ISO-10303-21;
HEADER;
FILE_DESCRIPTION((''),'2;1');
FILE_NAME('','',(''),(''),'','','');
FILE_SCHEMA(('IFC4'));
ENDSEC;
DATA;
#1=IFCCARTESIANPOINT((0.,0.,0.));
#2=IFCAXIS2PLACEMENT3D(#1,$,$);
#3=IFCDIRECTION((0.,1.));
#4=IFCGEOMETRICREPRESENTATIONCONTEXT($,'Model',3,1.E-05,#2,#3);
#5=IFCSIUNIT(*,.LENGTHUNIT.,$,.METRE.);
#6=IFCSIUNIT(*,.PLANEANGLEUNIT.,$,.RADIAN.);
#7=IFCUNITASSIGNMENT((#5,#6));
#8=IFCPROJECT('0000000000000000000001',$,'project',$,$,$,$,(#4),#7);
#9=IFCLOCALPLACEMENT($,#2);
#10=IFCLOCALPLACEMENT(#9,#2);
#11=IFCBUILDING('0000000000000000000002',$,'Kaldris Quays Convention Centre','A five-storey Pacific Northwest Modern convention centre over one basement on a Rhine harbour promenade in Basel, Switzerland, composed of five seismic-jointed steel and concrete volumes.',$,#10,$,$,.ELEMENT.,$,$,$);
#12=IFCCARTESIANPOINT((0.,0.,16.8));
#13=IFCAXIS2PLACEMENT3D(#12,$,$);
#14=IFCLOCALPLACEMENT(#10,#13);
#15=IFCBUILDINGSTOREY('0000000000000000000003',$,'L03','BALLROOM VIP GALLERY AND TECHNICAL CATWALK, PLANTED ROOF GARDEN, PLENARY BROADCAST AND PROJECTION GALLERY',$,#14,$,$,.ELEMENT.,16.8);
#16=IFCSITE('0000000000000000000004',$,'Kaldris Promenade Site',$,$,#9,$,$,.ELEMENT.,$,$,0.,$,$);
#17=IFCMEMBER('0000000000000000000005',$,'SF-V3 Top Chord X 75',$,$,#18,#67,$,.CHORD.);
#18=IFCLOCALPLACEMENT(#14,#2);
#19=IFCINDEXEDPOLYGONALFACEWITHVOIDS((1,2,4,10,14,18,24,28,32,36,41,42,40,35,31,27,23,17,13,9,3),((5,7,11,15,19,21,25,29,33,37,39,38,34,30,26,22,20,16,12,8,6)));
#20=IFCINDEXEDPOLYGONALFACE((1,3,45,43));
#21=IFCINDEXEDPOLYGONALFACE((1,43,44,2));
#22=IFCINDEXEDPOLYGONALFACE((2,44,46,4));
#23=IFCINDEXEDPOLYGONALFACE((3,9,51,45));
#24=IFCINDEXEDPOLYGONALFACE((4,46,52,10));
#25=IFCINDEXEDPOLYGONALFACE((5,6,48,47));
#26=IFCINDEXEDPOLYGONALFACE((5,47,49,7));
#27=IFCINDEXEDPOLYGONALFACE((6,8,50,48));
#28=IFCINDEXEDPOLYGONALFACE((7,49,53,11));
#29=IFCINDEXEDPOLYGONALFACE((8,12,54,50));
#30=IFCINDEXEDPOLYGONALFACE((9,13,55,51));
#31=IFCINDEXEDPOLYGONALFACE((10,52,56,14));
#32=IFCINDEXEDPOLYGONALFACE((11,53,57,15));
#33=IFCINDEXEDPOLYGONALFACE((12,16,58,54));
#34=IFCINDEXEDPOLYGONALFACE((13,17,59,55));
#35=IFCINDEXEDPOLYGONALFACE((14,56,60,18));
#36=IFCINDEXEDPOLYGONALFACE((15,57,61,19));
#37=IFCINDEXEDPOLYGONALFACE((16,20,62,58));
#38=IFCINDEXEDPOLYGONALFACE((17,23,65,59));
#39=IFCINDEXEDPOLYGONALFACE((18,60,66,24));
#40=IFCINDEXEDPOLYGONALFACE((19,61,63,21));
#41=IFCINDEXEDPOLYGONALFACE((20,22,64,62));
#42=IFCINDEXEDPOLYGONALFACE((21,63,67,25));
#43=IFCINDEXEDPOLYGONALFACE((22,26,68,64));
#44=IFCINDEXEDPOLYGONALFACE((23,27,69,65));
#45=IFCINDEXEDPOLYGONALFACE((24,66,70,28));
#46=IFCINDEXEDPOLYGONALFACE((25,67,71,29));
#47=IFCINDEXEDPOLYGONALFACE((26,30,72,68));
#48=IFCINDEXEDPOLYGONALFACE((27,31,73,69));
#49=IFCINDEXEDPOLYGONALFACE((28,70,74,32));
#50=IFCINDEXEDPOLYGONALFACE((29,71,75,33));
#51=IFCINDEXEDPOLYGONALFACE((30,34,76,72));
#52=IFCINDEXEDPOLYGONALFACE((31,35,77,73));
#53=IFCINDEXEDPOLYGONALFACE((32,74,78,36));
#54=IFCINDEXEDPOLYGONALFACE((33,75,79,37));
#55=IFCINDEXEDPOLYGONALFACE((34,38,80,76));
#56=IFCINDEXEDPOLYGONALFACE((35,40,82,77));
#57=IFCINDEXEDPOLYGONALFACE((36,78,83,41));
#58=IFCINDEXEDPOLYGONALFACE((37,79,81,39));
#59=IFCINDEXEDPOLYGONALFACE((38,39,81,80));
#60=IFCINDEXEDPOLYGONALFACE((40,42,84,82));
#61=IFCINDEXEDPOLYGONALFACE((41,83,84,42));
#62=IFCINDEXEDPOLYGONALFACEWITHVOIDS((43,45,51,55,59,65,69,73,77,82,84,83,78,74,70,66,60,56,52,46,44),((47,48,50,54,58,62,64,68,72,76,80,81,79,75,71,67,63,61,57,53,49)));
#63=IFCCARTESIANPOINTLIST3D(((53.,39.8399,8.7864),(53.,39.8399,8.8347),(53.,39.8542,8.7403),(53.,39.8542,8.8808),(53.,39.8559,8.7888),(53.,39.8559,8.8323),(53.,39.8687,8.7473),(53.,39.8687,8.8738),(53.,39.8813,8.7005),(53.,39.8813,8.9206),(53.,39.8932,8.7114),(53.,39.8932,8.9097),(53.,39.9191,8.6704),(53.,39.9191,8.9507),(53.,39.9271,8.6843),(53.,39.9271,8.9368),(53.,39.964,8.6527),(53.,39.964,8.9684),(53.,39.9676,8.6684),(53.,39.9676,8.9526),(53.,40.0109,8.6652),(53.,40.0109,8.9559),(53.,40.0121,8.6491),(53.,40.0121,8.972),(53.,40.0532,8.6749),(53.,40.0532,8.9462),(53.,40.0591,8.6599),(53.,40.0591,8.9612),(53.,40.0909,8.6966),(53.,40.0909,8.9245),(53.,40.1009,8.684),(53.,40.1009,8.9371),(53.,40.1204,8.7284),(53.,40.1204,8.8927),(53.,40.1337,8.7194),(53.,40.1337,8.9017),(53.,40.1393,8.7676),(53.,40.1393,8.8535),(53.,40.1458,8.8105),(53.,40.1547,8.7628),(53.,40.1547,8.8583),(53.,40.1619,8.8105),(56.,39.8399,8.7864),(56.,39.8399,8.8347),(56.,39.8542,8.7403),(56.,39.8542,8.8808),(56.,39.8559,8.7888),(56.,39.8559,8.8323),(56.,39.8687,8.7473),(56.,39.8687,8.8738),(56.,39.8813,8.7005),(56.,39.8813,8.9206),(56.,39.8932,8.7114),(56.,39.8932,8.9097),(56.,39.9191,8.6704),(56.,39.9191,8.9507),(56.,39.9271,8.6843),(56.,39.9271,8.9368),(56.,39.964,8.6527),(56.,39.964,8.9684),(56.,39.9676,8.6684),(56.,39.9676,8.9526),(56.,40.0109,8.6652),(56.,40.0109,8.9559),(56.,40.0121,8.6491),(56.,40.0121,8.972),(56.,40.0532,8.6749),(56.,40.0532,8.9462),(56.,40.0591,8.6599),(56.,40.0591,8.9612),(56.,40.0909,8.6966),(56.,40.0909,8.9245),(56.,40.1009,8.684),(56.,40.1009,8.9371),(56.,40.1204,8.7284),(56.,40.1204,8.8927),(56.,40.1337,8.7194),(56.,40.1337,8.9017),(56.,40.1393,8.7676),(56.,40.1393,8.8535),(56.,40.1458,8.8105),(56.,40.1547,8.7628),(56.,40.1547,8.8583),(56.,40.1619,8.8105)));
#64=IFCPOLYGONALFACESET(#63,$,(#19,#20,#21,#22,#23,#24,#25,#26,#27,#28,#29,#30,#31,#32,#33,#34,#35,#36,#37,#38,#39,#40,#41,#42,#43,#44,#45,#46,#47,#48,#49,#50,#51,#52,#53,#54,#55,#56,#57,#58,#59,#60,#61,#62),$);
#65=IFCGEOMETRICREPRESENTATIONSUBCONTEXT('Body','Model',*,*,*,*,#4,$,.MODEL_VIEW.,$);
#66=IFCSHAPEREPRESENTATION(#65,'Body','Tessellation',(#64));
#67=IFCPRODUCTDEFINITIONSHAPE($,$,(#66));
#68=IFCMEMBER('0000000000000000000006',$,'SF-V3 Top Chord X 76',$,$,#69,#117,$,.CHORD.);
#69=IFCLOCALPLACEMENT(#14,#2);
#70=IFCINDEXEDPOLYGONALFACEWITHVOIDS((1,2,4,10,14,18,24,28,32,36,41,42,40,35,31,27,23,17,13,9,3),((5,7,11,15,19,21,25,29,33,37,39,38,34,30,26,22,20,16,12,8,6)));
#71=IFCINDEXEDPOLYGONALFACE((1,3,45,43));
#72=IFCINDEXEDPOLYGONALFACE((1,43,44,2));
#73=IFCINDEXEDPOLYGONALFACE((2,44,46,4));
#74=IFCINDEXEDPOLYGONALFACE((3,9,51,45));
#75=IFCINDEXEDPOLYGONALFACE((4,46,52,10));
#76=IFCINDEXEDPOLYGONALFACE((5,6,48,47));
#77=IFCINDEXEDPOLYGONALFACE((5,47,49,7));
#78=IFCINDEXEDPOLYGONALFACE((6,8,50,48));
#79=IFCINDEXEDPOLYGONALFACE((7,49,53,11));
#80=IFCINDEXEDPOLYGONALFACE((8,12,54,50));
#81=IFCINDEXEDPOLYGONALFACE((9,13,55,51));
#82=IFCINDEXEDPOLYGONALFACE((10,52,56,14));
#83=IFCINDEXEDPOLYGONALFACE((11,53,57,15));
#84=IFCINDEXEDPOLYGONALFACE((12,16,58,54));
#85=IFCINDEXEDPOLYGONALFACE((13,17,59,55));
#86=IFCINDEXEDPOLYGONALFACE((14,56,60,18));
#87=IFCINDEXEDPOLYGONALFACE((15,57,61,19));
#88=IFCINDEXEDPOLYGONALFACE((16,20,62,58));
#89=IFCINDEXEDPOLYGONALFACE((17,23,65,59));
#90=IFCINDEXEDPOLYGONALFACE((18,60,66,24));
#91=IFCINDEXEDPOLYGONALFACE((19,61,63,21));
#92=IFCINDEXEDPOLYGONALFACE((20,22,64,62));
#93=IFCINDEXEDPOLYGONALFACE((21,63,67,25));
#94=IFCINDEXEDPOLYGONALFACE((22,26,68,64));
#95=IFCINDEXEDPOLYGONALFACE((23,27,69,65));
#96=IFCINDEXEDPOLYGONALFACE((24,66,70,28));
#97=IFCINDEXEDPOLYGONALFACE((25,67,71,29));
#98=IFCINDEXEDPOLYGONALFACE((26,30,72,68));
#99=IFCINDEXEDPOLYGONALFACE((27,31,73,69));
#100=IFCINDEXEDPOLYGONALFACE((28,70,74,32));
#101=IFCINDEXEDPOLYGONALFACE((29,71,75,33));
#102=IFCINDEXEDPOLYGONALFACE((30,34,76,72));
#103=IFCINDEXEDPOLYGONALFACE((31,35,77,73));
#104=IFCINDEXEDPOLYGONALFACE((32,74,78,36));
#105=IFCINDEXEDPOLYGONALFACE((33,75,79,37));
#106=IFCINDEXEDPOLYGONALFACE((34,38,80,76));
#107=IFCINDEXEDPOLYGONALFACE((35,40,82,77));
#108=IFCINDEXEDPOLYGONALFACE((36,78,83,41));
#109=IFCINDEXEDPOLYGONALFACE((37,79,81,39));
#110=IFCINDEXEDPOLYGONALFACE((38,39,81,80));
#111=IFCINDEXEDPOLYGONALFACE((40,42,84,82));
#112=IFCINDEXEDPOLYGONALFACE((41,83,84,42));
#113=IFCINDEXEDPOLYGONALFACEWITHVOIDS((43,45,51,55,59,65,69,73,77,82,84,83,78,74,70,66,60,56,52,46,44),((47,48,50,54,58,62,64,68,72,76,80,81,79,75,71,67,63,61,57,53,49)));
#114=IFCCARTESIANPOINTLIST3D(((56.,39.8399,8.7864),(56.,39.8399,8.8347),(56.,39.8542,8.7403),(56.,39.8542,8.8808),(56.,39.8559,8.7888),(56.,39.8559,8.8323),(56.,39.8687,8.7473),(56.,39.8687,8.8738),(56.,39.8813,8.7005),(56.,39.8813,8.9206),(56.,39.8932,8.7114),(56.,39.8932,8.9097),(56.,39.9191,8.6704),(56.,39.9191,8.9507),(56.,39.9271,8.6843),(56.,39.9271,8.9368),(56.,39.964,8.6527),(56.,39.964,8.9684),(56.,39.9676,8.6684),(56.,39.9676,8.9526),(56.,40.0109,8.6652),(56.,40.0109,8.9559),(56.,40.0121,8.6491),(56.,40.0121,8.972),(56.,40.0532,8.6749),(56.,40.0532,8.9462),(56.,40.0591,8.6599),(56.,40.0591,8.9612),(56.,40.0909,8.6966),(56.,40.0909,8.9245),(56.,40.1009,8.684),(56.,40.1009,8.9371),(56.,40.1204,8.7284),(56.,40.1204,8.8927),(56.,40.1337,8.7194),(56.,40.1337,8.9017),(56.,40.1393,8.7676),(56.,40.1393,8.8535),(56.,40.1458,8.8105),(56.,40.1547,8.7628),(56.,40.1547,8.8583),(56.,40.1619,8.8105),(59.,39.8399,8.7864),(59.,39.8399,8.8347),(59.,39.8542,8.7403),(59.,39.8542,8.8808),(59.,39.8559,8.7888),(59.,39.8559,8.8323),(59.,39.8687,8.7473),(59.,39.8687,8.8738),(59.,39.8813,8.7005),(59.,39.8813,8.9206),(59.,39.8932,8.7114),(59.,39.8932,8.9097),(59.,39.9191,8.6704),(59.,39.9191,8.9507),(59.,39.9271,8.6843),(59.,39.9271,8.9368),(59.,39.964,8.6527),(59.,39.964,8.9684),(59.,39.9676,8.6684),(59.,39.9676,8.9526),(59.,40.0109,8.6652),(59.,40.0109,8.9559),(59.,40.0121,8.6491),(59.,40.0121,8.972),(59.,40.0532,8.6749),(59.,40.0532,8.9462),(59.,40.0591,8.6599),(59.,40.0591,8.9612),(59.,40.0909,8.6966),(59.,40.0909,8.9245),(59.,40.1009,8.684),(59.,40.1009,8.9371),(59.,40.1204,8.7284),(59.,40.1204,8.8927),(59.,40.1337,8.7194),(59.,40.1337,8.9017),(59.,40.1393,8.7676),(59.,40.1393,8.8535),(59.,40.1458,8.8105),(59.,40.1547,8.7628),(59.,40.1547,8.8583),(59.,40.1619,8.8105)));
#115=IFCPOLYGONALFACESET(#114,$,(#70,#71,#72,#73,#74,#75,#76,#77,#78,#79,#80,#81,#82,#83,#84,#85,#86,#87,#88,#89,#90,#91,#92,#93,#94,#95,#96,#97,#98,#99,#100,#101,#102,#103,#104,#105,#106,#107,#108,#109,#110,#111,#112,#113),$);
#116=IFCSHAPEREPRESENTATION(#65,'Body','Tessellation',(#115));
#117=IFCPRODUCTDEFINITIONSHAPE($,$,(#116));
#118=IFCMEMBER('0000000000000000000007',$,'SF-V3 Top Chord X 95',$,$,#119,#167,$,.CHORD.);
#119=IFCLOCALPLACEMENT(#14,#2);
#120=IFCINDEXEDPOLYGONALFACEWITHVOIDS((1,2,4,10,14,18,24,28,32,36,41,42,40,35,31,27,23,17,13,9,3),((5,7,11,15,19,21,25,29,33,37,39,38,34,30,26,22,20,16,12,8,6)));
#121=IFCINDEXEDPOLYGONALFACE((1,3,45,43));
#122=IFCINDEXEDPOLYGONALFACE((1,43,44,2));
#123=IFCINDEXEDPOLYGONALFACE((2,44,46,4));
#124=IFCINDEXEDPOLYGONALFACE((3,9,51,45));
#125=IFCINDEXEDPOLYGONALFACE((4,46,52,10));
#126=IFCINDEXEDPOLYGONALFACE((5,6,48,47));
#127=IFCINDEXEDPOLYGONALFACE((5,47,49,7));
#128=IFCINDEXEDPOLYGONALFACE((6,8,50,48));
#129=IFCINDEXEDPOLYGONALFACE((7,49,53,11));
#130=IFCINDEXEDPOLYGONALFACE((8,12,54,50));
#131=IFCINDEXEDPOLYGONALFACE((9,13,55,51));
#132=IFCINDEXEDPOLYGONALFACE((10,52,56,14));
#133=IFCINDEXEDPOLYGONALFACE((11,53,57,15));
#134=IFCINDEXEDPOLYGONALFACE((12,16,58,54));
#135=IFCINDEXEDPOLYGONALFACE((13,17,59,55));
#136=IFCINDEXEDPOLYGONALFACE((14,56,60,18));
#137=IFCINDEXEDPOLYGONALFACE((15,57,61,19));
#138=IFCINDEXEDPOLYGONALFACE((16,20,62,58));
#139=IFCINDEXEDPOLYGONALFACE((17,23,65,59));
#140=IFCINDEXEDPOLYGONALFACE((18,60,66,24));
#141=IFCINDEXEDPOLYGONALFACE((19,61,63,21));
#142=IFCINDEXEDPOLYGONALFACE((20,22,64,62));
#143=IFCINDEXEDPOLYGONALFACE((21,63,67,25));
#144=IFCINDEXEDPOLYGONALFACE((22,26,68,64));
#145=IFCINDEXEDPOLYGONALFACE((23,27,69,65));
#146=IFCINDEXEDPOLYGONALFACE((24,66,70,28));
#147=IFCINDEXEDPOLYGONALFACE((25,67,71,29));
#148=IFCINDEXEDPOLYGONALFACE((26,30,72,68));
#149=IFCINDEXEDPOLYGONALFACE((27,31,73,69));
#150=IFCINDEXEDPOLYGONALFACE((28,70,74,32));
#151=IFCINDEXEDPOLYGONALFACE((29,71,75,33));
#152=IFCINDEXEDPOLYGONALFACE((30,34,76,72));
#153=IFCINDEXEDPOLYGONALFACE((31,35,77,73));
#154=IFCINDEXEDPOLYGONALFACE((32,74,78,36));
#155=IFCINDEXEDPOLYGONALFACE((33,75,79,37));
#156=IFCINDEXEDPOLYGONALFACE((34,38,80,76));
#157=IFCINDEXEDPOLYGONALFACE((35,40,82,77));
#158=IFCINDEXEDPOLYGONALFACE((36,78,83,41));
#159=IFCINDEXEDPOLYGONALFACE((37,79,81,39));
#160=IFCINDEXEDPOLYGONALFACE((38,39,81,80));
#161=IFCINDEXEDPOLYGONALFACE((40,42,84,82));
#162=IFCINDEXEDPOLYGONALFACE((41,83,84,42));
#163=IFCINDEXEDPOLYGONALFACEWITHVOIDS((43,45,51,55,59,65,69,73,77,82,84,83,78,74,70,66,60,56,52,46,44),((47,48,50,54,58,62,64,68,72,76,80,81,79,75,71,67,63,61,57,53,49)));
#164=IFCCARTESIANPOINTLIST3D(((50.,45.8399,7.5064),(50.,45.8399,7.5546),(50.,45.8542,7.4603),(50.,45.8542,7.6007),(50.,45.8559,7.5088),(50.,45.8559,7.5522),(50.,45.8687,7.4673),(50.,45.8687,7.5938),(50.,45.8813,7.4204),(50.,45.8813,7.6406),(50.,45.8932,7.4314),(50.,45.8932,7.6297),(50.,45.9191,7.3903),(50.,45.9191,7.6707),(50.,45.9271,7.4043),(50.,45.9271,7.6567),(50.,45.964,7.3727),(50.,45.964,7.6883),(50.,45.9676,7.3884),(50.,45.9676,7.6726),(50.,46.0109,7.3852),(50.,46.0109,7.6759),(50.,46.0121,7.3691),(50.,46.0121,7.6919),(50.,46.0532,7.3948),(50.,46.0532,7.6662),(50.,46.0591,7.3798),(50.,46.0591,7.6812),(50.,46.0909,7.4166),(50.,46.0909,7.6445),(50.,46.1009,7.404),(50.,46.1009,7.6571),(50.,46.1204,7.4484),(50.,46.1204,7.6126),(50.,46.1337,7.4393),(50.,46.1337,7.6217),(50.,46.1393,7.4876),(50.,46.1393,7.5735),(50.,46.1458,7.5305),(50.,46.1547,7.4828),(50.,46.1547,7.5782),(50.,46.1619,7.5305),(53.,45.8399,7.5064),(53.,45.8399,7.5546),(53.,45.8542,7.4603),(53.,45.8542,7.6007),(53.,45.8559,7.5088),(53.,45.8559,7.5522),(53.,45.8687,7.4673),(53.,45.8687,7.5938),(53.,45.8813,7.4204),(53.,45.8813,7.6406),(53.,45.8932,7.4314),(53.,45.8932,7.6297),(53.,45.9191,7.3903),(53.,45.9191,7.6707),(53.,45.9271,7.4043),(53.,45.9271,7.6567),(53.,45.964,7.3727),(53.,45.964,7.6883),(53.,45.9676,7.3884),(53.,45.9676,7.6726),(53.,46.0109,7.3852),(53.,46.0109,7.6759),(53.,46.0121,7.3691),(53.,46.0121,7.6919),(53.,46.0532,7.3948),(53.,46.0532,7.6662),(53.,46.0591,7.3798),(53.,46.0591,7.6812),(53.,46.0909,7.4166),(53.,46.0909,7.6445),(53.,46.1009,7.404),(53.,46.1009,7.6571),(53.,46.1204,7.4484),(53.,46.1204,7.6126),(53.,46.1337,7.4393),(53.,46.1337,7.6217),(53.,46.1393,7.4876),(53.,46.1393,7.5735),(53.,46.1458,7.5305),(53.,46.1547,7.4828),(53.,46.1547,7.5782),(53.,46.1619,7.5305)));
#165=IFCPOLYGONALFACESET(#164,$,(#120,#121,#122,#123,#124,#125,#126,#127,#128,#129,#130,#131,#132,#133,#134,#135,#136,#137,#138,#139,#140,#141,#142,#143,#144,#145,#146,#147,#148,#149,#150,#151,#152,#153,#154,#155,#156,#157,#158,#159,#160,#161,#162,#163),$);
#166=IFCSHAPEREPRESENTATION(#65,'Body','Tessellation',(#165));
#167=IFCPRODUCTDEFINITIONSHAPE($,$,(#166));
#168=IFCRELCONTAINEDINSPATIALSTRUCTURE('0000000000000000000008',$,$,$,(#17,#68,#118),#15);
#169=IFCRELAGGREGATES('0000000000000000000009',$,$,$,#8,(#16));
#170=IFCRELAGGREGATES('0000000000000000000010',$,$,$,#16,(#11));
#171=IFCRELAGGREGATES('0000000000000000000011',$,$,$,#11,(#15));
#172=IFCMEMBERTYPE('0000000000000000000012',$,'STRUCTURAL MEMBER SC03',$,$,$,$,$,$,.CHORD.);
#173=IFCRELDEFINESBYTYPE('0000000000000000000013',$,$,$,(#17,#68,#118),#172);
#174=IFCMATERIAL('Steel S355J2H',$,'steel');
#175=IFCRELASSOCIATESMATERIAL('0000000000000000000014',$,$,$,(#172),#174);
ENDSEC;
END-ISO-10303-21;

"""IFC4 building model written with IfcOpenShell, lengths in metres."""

from ifc_helpers import new_model, si_unit, direction, frame, origin, origin_2d, place, context, subcontext, project, spatial, hollow_circle, extrude, material, material_profile, profile_set, type_object, element, save


model = new_model("IFC4")

# Units and contexts
model_context = context("Model", 3, precision=1e-05, world=origin(), true_north=direction((0.0, 1.0)))
body_context = subcontext(model_context, "Body", "Model", "MODEL_VIEW")
ifc_project = project(units=[si_unit("LENGTHUNIT", "METRE"), si_unit("PLANEANGLEUNIT", "RADIAN")], contexts=[model_context])

# Site, building, storey
site_placement = place(None, origin())
site = spatial("IfcSite", under=ifc_project, at=site_placement, Name="Kaldris Promenade Site", CompositionType="ELEMENT", RefElevation=0.0)
building_placement = place(site_placement, origin())
building = spatial("IfcBuilding", under=site, at=building_placement, Name="Kaldris Quays Convention Centre", Description="A five-storey Pacific Northwest Modern convention centre over one basement on a Rhine harbour promenade in Basel, Switzerland, composed of five seismic-jointed steel and concrete volumes.", CompositionType="ELEMENT")
storey_placement = place(building_placement, frame((0.0, 0.0, 16.8)))
storey = spatial("IfcBuildingStorey", under=building, at=storey_placement, Name="L03", Description="BALLROOM VIP GALLERY AND TECHNICAL CATWALK, PLANTED ROOF GARDEN, PLENARY BROADCAST AND PROJECTION GALLERY", CompositionType="ELEMENT", Elevation=16.8)

# Members
ifc_material_1 = material(Name="Steel S355J2H", Category="steel")
ifc_material_profile_1 = material_profile(ifc_material_1, hollow_circle(Radius=0.1619, WallThickness=0.0161, at=origin_2d()), Name="CHS 323.9x16")
ifc_profile_set_1 = profile_set([ifc_material_profile_1], Name="Steel S355J2H")
member_type_1 = type_object("IfcMemberType", Name="STRUCTURAL MEMBER SC03", PredefinedType="CHORD", material=ifc_profile_set_1)
for number, where, z_axis, x_axis, name in (
    (1, (53.0, 40.0, 8.8105), (1.0, 0.0, 0.0), (0.0, 1.0, 0.0), "SF-V3 Top Chord X 75"),
    (2, (56.0, 40.0, 8.8105), (1.0, 0.0, 0.0), (0.0, 1.0, 0.0), "SF-V3 Top Chord X 76"),
    (3, (50.0, 46.0, 7.5305), (1.0, 0.0, 0.0), (0.0, 1.0, 0.0), "SF-V3 Top Chord X 95"),
):
    element("IfcMember", number, at=place(storey_placement, frame(where, z_axis=z_axis, x_axis=x_axis)), inside=storey, type_object=member_type_1, Name=name, PredefinedType="CHORD", context=body_context, shape_type="SweptSolid", body=[
        extrude(hollow_circle(Radius=0.1619, WallThickness=0.0161, at=origin_2d()), origin(), (0.0, 0.0, 1.0), 3.0),
    ])

save(model, "model.ifc")
